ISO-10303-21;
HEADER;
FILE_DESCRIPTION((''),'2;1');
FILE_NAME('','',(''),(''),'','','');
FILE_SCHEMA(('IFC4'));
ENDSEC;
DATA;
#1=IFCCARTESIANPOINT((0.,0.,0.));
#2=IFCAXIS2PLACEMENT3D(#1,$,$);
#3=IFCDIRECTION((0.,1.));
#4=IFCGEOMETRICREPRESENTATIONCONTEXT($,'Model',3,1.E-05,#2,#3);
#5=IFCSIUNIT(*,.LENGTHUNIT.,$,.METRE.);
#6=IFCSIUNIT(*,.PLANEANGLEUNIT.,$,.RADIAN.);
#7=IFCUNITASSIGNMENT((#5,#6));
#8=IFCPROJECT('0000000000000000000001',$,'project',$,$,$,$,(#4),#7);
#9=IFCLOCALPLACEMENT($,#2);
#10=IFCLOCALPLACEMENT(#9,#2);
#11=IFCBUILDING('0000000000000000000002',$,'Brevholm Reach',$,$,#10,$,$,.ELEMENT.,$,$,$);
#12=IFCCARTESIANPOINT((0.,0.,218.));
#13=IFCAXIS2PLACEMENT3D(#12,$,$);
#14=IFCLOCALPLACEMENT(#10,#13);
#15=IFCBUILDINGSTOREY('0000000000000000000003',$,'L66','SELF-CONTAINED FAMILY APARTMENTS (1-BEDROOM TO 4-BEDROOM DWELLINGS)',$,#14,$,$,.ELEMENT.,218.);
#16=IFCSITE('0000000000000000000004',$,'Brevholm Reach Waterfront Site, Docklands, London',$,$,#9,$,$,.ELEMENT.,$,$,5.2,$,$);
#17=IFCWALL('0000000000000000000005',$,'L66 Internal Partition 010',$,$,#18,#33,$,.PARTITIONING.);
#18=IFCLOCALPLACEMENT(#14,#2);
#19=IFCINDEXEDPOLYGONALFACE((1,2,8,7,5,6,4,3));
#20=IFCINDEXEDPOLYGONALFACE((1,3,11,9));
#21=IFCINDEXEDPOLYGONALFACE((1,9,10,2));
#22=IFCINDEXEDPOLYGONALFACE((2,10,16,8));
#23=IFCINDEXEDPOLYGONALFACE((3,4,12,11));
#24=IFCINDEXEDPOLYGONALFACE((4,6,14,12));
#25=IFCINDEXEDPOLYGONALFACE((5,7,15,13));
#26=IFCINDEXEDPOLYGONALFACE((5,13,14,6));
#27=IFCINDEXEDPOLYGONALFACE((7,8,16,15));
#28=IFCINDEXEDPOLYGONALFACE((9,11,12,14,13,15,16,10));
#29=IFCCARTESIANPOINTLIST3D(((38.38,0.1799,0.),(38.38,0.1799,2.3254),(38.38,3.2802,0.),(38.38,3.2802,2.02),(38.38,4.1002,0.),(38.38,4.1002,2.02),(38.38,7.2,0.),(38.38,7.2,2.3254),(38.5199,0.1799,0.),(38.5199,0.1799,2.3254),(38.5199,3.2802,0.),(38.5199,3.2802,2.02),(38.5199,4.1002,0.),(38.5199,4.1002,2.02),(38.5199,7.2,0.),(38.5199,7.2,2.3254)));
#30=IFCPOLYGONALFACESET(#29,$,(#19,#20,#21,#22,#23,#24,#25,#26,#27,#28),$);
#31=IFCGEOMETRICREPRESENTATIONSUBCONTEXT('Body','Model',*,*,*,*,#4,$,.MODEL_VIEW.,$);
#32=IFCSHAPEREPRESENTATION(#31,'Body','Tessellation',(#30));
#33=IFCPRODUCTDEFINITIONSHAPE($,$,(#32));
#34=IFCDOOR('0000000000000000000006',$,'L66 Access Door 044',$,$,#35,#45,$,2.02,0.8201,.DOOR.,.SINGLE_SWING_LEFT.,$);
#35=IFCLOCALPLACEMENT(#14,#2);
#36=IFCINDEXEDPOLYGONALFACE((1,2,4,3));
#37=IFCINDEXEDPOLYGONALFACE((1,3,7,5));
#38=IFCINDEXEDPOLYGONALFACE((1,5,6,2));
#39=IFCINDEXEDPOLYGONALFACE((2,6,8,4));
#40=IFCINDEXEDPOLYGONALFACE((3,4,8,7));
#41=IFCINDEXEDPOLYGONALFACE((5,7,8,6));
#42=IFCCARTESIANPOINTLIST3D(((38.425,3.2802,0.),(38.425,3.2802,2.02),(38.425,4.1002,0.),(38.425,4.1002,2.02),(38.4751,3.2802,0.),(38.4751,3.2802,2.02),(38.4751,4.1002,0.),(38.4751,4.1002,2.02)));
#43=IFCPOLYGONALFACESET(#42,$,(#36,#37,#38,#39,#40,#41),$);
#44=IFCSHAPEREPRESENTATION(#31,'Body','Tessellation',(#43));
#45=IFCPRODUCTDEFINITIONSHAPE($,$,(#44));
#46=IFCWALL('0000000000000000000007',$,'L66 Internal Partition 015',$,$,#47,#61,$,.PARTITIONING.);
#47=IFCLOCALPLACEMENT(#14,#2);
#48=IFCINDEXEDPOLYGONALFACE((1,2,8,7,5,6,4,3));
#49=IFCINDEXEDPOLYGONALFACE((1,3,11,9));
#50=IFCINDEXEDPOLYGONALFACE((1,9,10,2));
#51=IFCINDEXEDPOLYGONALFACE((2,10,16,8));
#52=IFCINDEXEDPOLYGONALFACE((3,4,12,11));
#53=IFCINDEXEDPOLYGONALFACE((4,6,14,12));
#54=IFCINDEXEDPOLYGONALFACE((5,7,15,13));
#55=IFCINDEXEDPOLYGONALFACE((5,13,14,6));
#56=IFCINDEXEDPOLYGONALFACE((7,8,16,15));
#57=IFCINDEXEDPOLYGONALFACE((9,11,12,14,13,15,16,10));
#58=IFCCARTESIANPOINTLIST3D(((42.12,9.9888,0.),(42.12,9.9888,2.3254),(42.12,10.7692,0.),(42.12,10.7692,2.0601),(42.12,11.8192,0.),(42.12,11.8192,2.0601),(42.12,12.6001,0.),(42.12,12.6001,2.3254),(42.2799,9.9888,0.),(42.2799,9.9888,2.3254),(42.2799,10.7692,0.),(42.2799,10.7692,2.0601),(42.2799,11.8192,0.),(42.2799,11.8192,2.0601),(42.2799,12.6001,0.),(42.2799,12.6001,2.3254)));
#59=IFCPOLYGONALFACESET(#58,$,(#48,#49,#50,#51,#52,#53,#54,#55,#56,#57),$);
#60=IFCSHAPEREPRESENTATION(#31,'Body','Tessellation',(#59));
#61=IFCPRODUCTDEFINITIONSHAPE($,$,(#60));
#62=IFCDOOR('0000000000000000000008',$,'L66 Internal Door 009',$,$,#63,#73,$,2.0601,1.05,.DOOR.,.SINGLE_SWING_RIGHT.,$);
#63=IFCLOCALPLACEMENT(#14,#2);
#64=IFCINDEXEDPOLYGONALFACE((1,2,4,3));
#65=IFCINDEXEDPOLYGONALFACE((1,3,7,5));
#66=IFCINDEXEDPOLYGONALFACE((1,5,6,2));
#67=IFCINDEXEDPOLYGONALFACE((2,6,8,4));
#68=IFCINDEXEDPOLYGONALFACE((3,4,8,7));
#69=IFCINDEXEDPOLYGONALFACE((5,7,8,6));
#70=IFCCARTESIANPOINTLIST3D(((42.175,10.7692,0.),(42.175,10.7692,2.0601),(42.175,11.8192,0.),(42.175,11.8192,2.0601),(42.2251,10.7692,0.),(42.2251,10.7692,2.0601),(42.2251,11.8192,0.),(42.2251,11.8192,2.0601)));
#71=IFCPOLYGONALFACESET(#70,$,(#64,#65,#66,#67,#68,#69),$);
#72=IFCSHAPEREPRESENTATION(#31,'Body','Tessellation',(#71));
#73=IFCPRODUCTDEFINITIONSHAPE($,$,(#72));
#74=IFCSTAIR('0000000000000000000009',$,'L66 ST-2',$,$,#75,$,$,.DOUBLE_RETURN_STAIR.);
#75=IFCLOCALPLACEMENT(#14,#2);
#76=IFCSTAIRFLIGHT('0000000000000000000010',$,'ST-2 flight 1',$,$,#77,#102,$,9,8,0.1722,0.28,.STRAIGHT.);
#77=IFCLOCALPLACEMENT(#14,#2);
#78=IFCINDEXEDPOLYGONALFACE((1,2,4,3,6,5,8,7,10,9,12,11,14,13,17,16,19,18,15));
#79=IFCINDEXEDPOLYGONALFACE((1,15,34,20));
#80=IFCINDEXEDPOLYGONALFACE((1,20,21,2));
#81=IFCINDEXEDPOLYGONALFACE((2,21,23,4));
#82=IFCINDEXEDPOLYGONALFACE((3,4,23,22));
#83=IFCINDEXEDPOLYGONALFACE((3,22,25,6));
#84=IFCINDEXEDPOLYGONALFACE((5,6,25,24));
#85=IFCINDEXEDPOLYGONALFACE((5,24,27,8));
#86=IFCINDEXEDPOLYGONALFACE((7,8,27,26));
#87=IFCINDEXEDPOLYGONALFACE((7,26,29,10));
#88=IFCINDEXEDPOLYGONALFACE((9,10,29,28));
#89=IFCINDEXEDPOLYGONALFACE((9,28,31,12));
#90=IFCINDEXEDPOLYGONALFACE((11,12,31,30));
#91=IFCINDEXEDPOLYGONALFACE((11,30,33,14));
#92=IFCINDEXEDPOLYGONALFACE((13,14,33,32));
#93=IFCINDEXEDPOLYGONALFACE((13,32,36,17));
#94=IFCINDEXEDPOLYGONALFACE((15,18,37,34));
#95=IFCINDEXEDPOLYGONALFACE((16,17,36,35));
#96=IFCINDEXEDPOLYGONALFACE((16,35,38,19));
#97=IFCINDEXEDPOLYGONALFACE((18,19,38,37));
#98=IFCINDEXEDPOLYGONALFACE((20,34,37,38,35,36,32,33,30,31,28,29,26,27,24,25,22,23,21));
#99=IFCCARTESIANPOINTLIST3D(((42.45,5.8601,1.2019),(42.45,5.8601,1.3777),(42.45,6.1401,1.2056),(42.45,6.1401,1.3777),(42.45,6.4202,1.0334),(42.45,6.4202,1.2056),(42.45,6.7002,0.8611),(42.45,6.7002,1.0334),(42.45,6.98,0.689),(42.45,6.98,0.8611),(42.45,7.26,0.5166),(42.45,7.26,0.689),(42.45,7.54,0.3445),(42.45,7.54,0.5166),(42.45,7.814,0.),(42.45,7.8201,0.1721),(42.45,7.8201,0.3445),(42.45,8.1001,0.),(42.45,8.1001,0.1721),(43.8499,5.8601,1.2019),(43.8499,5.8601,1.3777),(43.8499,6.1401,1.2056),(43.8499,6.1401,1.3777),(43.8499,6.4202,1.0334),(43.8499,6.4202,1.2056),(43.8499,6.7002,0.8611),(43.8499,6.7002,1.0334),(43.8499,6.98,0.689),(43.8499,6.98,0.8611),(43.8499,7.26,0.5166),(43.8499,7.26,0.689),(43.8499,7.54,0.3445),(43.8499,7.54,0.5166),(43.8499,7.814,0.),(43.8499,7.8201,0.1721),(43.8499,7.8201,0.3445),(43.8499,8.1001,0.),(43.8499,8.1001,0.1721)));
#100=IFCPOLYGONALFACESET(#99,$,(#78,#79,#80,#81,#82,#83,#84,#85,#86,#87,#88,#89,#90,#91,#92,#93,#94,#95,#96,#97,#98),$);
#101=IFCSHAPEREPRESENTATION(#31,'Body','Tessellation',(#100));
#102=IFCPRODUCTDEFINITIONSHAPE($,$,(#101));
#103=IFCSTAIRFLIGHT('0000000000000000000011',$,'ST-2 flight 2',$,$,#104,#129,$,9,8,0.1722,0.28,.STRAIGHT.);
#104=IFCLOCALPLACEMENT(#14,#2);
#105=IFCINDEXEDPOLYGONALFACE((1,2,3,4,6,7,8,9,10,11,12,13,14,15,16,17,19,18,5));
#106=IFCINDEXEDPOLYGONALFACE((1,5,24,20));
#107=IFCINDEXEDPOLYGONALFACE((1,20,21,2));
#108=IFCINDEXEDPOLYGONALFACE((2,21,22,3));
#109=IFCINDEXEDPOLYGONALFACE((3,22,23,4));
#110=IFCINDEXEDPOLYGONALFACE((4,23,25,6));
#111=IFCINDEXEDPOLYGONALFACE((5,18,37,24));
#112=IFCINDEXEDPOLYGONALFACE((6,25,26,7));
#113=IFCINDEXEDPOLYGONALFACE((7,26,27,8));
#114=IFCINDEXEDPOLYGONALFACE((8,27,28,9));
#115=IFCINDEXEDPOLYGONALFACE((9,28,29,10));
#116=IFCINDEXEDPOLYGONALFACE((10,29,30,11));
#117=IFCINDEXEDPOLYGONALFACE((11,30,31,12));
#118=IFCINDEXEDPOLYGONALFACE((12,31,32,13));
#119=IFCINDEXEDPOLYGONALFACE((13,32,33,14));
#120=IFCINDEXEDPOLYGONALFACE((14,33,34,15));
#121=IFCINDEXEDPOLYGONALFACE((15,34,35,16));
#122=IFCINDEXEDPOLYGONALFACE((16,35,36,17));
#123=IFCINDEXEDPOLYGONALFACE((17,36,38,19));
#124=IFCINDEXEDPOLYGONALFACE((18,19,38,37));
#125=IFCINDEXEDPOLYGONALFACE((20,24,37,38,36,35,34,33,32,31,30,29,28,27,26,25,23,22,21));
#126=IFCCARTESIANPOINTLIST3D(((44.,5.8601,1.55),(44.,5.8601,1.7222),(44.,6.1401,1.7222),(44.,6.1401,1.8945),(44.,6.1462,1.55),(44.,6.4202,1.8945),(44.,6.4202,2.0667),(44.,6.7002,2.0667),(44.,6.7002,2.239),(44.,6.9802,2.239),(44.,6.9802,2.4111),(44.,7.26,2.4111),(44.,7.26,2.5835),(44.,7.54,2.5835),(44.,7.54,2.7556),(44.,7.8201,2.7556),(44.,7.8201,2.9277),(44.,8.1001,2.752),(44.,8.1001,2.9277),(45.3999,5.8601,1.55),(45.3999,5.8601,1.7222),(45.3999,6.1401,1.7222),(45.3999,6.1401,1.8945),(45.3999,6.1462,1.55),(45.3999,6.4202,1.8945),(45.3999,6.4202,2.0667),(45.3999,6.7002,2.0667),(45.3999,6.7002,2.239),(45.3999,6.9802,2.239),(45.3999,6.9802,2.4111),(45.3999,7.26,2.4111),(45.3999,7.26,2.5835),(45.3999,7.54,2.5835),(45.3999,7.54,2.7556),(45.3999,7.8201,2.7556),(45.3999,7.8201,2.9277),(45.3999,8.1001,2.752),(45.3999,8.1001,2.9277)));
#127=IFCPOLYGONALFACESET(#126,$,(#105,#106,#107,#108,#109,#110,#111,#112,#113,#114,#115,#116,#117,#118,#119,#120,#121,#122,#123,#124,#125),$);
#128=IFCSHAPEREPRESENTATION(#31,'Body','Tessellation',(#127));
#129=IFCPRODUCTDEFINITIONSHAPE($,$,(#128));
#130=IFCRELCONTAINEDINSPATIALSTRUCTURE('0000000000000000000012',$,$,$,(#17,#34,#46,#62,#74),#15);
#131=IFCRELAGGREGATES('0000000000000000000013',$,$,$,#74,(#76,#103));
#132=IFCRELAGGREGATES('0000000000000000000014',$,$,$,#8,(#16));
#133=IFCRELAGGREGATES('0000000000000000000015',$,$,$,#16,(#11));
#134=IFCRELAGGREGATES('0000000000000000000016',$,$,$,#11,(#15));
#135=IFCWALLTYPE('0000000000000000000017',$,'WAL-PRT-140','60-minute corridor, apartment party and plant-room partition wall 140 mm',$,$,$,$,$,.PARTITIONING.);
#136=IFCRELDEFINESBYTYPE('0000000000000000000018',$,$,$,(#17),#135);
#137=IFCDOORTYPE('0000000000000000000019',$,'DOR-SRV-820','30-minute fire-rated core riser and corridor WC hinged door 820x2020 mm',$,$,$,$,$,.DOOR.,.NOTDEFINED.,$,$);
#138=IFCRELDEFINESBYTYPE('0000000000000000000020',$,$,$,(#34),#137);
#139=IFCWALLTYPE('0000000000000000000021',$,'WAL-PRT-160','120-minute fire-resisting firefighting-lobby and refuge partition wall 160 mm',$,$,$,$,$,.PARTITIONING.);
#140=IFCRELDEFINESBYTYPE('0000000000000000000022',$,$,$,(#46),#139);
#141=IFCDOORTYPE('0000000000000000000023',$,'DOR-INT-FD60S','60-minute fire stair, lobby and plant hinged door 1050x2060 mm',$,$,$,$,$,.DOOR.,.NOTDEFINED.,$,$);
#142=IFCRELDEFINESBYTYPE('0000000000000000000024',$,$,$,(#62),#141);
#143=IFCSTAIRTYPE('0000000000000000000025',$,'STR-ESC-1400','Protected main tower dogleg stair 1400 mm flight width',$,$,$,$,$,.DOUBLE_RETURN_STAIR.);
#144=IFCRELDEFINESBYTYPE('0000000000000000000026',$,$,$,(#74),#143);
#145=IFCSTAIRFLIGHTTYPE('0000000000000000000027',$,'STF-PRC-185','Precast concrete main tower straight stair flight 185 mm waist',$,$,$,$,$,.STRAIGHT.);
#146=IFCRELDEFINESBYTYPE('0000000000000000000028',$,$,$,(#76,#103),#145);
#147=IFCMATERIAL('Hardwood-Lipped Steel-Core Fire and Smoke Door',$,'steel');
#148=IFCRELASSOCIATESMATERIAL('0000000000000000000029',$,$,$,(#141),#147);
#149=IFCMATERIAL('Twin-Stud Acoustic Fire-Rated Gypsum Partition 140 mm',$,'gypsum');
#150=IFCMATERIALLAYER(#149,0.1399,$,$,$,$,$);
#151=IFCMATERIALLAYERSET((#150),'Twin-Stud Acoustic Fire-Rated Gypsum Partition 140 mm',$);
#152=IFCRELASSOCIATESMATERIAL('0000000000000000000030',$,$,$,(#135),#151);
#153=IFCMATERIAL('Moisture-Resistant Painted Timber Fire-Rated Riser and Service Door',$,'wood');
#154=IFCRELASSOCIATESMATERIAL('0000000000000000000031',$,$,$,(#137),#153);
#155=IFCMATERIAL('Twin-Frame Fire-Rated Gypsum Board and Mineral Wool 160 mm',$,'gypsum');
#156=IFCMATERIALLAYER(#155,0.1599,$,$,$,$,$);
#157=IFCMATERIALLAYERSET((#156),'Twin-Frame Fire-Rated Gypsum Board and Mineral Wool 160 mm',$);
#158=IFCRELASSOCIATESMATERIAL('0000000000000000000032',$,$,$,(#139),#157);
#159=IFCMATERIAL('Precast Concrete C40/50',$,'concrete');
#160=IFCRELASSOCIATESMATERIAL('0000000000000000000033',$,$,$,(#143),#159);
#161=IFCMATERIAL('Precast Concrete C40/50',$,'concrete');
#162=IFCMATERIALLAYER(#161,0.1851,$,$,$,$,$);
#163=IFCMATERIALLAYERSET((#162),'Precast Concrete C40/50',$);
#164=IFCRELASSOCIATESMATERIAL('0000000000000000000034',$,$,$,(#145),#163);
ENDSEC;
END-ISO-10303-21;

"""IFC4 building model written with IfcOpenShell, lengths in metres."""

from ifc_helpers import new_model, si_unit, direction, frame, frame_2d, origin, place, context, subcontext, project, spatial, polyline, rectangle, outline, extrude, material, layer, layer_set, type_object, element, fill, aggregate, save


model = new_model("IFC4")

# Units and contexts
model_context = context("Model", 3, precision=1e-05, world=origin(), true_north=direction((0.0, 1.0)))
body_context = subcontext(model_context, "Body", "Model", "MODEL_VIEW")
ifc_project = project(units=[si_unit("LENGTHUNIT", "METRE"), si_unit("PLANEANGLEUNIT", "RADIAN")], contexts=[model_context])

# Site, building, storey
site_placement = place(None, origin())
site = spatial("IfcSite", under=ifc_project, at=site_placement, Name="Brevholm Reach Waterfront Site, Docklands, London", CompositionType="ELEMENT", RefElevation=5.2)
building_placement = place(site_placement, origin())
building = spatial("IfcBuilding", under=site, at=building_placement, Name="Brevholm Reach", CompositionType="ELEMENT")
storey_placement = place(building_placement, frame((0.0, 0.0, 218.0)))
storey = spatial("IfcBuildingStorey", under=building, at=storey_placement, Name="L66", Description="SELF-CONTAINED FAMILY APARTMENTS (1-BEDROOM TO 4-BEDROOM DWELLINGS)", CompositionType="ELEMENT", Elevation=218.0)

# Shared definitions
ifc_material_1 = material(Name="Hardwood-Lipped Steel-Core Fire and Smoke Door", Category="steel")
door_type_1 = type_object("IfcDoorType", Name="DOR-INT-FD60S", Description="60-minute fire stair, lobby and plant hinged door 1050x2060 mm", OperationType="NOTDEFINED", PredefinedType="DOOR", material=ifc_material_1)

# Walls, openings, doors
ifc_material_2 = material(Name="Twin-Stud Acoustic Fire-Rated Gypsum Partition 140 mm", Category="gypsum")
ifc_layer_1 = layer(ifc_material_2, 0.1399)
ifc_layer_set_1 = layer_set([ifc_layer_1], Name="Twin-Stud Acoustic Fire-Rated Gypsum Partition 140 mm")
wall_type_1 = type_object("IfcWallType", Name="WAL-PRT-140", Description="60-minute corridor, apartment party and plant-room partition wall 140 mm", PredefinedType="PARTITIONING", material=ifc_layer_set_1)
wall_1_placement = place(storey_placement, frame((38.45, 0.1799, 0.0), z_axis=(0.0, 0.0, 1.0), x_axis=(0.0, 1.0, 0.0)))
wall_1 = element("IfcWall", 1, at=wall_1_placement, inside=storey, type_object=wall_type_1, Name="L66 Internal Partition 010", PredefinedType="PARTITIONING", context=body_context, shape_type="SweptSolid", body=[
    extrude(rectangle(XDim=7.02, YDim=0.1399, at=frame_2d((3.51, 0.0))), origin(), (0.0, 0.0, 1.0), 2.3254),
])
opening_1_placement = place(wall_1_placement, frame((3.1001, 0.0, 0.0)))
opening_1 = element("IfcOpeningElement", 2, at=opening_1_placement, cuts=wall_1, PredefinedType="OPENING", context=body_context, shape_type="SweptSolid", body=[
    extrude(rectangle(XDim=0.8201, YDim=2.02, at=frame_2d((0.4102, 1.01))), frame((0.0, 0.0798, 0.0), z_axis=(0.0, -1.0, 0.0), x_axis=(1.0, 0.0, 0.0)), (0.0, 0.0, 1.0), 0.1599),
])
ifc_material_3 = material(Name="Moisture-Resistant Painted Timber Fire-Rated Riser and Service Door", Category="wood")
door_type_2 = type_object("IfcDoorType", Name="DOR-SRV-820", Description="30-minute fire-rated core riser and corridor WC hinged door 820x2020 mm", OperationType="NOTDEFINED", PredefinedType="DOOR", material=ifc_material_3)
door_1_placement = place(opening_1_placement, origin())
door_1 = element("IfcDoor", 3, at=door_1_placement, inside=storey, type_object=door_type_2, Name="L66 Access Door 044", OperationType="SINGLE_SWING_LEFT", OverallHeight=2.02, OverallWidth=0.8201, PredefinedType="DOOR", context=body_context, shape_type="SweptSolid", body=[
    extrude(rectangle(XDim=0.8201, YDim=2.02, at=frame_2d((0.4102, 1.01))), frame((0.0, 0.0249, 0.0), z_axis=(0.0, -1.0, 0.0), x_axis=(1.0, 0.0, 0.0)), (0.0, 0.0, 1.0), 0.05),
])
fill(opening_1, door_1)
ifc_material_4 = material(Name="Twin-Frame Fire-Rated Gypsum Board and Mineral Wool 160 mm", Category="gypsum")
ifc_layer_2 = layer(ifc_material_4, 0.1599)
ifc_layer_set_2 = layer_set([ifc_layer_2], Name="Twin-Frame Fire-Rated Gypsum Board and Mineral Wool 160 mm")
wall_type_2 = type_object("IfcWallType", Name="WAL-PRT-160", Description="120-minute fire-resisting firefighting-lobby and refuge partition wall 160 mm", PredefinedType="PARTITIONING", material=ifc_layer_set_2)
wall_2_placement = place(storey_placement, frame((42.2, 9.9888, 0.0), z_axis=(0.0, 0.0, 1.0), x_axis=(0.0, 1.0, 0.0)))
wall_2 = element("IfcWall", 4, at=wall_2_placement, inside=storey, type_object=wall_type_2, Name="L66 Internal Partition 015", PredefinedType="PARTITIONING", context=body_context, shape_type="SweptSolid", body=[
    extrude(rectangle(XDim=2.6113, YDim=0.1599, at=frame_2d((1.3057, 0.0))), origin(), (0.0, 0.0, 1.0), 2.3254),
])
opening_2_placement = place(wall_2_placement, frame((0.7805, 0.0, 0.0)))
opening_2 = element("IfcOpeningElement", 5, at=opening_2_placement, cuts=wall_2, PredefinedType="OPENING", context=body_context, shape_type="SweptSolid", body=[
    extrude(rectangle(XDim=1.05, YDim=2.0601, at=frame_2d((0.5249, 1.03))), frame((0.0, 0.0898, 0.0), z_axis=(0.0, -1.0, 0.0), x_axis=(1.0, 0.0, 0.0)), (0.0, 0.0, 1.0), 0.1799),
])
door_2_placement = place(opening_2_placement, origin())
door_2 = element("IfcDoor", 6, at=door_2_placement, inside=storey, type_object=door_type_1, Name="L66 Internal Door 009", OperationType="SINGLE_SWING_RIGHT", OverallHeight=2.0601, OverallWidth=1.05, PredefinedType="DOOR", context=body_context, shape_type="SweptSolid", body=[
    extrude(rectangle(XDim=1.05, YDim=2.0601, at=frame_2d((0.5249, 1.03))), frame((0.0, 0.0249, 0.0), z_axis=(0.0, -1.0, 0.0), x_axis=(1.0, 0.0, 0.0)), (0.0, 0.0, 1.0), 0.05),
])
fill(opening_2, door_2)

# Stair, stair flights
ifc_material_5 = material(Name="Precast Concrete C40/50", Category="concrete")
stair_type = type_object("IfcStairType", Name="STR-ESC-1400", Description="Protected main tower dogleg stair 1400 mm flight width", PredefinedType="DOUBLE_RETURN_STAIR", material=ifc_material_5)
stair_placement = place(storey_placement, origin())
stair = element("IfcStair", 7, at=stair_placement, inside=storey, type_object=stair_type, Name="L66 ST-2", PredefinedType="DOUBLE_RETURN_STAIR")
ifc_material_6 = material(Name="Precast Concrete C40/50", Category="concrete")
ifc_layer_3 = layer(ifc_material_6, 0.1851)
ifc_layer_set_3 = layer_set([ifc_layer_3], Name="Precast Concrete C40/50")
stair_flight_type = type_object("IfcStairFlightType", Name="STF-PRC-185", Description="Precast concrete main tower straight stair flight 185 mm waist", PredefinedType="STRAIGHT", material=ifc_layer_set_3)
stair_flight_1_placement = place(storey_placement, frame((43.1499, 8.1001, 0.0), z_axis=(0.0, 0.0, 1.0), x_axis=(0.0, -1.0, 0.0)))
stair_flight_1 = element("IfcStairFlight", 8, at=stair_flight_1_placement, type_object=stair_flight_type, Name="ST-2 flight 1", NumberOfRisers=9, NumberOfTreads=8, PredefinedType="STRAIGHT", RiserHeight=0.1722, TreadLength=0.28, context=body_context, shape_type="SweptSolid", body=[
    extrude(outline(polyline([(0.0, 0.0), (0.0, 0.1721), (0.28, 0.1721), (0.28, 0.3445), (0.5601, 0.3445), (0.5601, 0.5166), (0.8401, 0.5166), (0.8401, 0.689), (1.1201, 0.689), (1.1201, 0.8611), (1.3999, 0.8611), (1.3999, 1.0334), (1.6799, 1.0334), (1.6799, 1.2056), (1.96, 1.2056), (1.96, 1.3777), (2.24, 1.3777), (2.24, 1.55), (2.24, 1.2019), (0.2861, 0.0), (0.0, 0.0)])), frame((0.0, 0.7, 0.0), z_axis=(0.0, -1.0, 0.0), x_axis=(1.0, 0.0, 0.0)), (0.0, 0.0, 1.0), 1.3999),
])
stair_flight_2_placement = place(storey_placement, frame((44.7, 5.8601, 1.55), z_axis=(0.0, 0.0, 1.0), x_axis=(0.0, 1.0, 0.0)))
stair_flight_2 = element("IfcStairFlight", 9, at=stair_flight_2_placement, type_object=stair_flight_type, Name="ST-2 flight 2", NumberOfRisers=9, NumberOfTreads=8, PredefinedType="STRAIGHT", RiserHeight=0.1722, TreadLength=0.28, context=body_context, shape_type="SweptSolid", body=[
    extrude(outline(polyline([(0.0, 0.0), (0.0, 0.1721), (0.28, 0.1721), (0.28, 0.3445), (0.5601, 0.3445), (0.5601, 0.5166), (0.8401, 0.5166), (0.8401, 0.689), (1.1201, 0.689), (1.1201, 0.8611), (1.3999, 0.8611), (1.3999, 1.0334), (1.6799, 1.0334), (1.6799, 1.2056), (1.96, 1.2056), (1.96, 1.3777), (2.24, 1.3777), (2.24, 1.55), (2.24, 1.2019), (0.2861, 0.0), (0.0, 0.0)])), frame((0.0, 0.7, 0.0), z_axis=(0.0, -1.0, 0.0), x_axis=(1.0, 0.0, 0.0)), (0.0, 0.0, 1.0), 1.3999),
])
aggregate(stair, [stair_flight_1, stair_flight_2])

save(model, "model.ifc")
